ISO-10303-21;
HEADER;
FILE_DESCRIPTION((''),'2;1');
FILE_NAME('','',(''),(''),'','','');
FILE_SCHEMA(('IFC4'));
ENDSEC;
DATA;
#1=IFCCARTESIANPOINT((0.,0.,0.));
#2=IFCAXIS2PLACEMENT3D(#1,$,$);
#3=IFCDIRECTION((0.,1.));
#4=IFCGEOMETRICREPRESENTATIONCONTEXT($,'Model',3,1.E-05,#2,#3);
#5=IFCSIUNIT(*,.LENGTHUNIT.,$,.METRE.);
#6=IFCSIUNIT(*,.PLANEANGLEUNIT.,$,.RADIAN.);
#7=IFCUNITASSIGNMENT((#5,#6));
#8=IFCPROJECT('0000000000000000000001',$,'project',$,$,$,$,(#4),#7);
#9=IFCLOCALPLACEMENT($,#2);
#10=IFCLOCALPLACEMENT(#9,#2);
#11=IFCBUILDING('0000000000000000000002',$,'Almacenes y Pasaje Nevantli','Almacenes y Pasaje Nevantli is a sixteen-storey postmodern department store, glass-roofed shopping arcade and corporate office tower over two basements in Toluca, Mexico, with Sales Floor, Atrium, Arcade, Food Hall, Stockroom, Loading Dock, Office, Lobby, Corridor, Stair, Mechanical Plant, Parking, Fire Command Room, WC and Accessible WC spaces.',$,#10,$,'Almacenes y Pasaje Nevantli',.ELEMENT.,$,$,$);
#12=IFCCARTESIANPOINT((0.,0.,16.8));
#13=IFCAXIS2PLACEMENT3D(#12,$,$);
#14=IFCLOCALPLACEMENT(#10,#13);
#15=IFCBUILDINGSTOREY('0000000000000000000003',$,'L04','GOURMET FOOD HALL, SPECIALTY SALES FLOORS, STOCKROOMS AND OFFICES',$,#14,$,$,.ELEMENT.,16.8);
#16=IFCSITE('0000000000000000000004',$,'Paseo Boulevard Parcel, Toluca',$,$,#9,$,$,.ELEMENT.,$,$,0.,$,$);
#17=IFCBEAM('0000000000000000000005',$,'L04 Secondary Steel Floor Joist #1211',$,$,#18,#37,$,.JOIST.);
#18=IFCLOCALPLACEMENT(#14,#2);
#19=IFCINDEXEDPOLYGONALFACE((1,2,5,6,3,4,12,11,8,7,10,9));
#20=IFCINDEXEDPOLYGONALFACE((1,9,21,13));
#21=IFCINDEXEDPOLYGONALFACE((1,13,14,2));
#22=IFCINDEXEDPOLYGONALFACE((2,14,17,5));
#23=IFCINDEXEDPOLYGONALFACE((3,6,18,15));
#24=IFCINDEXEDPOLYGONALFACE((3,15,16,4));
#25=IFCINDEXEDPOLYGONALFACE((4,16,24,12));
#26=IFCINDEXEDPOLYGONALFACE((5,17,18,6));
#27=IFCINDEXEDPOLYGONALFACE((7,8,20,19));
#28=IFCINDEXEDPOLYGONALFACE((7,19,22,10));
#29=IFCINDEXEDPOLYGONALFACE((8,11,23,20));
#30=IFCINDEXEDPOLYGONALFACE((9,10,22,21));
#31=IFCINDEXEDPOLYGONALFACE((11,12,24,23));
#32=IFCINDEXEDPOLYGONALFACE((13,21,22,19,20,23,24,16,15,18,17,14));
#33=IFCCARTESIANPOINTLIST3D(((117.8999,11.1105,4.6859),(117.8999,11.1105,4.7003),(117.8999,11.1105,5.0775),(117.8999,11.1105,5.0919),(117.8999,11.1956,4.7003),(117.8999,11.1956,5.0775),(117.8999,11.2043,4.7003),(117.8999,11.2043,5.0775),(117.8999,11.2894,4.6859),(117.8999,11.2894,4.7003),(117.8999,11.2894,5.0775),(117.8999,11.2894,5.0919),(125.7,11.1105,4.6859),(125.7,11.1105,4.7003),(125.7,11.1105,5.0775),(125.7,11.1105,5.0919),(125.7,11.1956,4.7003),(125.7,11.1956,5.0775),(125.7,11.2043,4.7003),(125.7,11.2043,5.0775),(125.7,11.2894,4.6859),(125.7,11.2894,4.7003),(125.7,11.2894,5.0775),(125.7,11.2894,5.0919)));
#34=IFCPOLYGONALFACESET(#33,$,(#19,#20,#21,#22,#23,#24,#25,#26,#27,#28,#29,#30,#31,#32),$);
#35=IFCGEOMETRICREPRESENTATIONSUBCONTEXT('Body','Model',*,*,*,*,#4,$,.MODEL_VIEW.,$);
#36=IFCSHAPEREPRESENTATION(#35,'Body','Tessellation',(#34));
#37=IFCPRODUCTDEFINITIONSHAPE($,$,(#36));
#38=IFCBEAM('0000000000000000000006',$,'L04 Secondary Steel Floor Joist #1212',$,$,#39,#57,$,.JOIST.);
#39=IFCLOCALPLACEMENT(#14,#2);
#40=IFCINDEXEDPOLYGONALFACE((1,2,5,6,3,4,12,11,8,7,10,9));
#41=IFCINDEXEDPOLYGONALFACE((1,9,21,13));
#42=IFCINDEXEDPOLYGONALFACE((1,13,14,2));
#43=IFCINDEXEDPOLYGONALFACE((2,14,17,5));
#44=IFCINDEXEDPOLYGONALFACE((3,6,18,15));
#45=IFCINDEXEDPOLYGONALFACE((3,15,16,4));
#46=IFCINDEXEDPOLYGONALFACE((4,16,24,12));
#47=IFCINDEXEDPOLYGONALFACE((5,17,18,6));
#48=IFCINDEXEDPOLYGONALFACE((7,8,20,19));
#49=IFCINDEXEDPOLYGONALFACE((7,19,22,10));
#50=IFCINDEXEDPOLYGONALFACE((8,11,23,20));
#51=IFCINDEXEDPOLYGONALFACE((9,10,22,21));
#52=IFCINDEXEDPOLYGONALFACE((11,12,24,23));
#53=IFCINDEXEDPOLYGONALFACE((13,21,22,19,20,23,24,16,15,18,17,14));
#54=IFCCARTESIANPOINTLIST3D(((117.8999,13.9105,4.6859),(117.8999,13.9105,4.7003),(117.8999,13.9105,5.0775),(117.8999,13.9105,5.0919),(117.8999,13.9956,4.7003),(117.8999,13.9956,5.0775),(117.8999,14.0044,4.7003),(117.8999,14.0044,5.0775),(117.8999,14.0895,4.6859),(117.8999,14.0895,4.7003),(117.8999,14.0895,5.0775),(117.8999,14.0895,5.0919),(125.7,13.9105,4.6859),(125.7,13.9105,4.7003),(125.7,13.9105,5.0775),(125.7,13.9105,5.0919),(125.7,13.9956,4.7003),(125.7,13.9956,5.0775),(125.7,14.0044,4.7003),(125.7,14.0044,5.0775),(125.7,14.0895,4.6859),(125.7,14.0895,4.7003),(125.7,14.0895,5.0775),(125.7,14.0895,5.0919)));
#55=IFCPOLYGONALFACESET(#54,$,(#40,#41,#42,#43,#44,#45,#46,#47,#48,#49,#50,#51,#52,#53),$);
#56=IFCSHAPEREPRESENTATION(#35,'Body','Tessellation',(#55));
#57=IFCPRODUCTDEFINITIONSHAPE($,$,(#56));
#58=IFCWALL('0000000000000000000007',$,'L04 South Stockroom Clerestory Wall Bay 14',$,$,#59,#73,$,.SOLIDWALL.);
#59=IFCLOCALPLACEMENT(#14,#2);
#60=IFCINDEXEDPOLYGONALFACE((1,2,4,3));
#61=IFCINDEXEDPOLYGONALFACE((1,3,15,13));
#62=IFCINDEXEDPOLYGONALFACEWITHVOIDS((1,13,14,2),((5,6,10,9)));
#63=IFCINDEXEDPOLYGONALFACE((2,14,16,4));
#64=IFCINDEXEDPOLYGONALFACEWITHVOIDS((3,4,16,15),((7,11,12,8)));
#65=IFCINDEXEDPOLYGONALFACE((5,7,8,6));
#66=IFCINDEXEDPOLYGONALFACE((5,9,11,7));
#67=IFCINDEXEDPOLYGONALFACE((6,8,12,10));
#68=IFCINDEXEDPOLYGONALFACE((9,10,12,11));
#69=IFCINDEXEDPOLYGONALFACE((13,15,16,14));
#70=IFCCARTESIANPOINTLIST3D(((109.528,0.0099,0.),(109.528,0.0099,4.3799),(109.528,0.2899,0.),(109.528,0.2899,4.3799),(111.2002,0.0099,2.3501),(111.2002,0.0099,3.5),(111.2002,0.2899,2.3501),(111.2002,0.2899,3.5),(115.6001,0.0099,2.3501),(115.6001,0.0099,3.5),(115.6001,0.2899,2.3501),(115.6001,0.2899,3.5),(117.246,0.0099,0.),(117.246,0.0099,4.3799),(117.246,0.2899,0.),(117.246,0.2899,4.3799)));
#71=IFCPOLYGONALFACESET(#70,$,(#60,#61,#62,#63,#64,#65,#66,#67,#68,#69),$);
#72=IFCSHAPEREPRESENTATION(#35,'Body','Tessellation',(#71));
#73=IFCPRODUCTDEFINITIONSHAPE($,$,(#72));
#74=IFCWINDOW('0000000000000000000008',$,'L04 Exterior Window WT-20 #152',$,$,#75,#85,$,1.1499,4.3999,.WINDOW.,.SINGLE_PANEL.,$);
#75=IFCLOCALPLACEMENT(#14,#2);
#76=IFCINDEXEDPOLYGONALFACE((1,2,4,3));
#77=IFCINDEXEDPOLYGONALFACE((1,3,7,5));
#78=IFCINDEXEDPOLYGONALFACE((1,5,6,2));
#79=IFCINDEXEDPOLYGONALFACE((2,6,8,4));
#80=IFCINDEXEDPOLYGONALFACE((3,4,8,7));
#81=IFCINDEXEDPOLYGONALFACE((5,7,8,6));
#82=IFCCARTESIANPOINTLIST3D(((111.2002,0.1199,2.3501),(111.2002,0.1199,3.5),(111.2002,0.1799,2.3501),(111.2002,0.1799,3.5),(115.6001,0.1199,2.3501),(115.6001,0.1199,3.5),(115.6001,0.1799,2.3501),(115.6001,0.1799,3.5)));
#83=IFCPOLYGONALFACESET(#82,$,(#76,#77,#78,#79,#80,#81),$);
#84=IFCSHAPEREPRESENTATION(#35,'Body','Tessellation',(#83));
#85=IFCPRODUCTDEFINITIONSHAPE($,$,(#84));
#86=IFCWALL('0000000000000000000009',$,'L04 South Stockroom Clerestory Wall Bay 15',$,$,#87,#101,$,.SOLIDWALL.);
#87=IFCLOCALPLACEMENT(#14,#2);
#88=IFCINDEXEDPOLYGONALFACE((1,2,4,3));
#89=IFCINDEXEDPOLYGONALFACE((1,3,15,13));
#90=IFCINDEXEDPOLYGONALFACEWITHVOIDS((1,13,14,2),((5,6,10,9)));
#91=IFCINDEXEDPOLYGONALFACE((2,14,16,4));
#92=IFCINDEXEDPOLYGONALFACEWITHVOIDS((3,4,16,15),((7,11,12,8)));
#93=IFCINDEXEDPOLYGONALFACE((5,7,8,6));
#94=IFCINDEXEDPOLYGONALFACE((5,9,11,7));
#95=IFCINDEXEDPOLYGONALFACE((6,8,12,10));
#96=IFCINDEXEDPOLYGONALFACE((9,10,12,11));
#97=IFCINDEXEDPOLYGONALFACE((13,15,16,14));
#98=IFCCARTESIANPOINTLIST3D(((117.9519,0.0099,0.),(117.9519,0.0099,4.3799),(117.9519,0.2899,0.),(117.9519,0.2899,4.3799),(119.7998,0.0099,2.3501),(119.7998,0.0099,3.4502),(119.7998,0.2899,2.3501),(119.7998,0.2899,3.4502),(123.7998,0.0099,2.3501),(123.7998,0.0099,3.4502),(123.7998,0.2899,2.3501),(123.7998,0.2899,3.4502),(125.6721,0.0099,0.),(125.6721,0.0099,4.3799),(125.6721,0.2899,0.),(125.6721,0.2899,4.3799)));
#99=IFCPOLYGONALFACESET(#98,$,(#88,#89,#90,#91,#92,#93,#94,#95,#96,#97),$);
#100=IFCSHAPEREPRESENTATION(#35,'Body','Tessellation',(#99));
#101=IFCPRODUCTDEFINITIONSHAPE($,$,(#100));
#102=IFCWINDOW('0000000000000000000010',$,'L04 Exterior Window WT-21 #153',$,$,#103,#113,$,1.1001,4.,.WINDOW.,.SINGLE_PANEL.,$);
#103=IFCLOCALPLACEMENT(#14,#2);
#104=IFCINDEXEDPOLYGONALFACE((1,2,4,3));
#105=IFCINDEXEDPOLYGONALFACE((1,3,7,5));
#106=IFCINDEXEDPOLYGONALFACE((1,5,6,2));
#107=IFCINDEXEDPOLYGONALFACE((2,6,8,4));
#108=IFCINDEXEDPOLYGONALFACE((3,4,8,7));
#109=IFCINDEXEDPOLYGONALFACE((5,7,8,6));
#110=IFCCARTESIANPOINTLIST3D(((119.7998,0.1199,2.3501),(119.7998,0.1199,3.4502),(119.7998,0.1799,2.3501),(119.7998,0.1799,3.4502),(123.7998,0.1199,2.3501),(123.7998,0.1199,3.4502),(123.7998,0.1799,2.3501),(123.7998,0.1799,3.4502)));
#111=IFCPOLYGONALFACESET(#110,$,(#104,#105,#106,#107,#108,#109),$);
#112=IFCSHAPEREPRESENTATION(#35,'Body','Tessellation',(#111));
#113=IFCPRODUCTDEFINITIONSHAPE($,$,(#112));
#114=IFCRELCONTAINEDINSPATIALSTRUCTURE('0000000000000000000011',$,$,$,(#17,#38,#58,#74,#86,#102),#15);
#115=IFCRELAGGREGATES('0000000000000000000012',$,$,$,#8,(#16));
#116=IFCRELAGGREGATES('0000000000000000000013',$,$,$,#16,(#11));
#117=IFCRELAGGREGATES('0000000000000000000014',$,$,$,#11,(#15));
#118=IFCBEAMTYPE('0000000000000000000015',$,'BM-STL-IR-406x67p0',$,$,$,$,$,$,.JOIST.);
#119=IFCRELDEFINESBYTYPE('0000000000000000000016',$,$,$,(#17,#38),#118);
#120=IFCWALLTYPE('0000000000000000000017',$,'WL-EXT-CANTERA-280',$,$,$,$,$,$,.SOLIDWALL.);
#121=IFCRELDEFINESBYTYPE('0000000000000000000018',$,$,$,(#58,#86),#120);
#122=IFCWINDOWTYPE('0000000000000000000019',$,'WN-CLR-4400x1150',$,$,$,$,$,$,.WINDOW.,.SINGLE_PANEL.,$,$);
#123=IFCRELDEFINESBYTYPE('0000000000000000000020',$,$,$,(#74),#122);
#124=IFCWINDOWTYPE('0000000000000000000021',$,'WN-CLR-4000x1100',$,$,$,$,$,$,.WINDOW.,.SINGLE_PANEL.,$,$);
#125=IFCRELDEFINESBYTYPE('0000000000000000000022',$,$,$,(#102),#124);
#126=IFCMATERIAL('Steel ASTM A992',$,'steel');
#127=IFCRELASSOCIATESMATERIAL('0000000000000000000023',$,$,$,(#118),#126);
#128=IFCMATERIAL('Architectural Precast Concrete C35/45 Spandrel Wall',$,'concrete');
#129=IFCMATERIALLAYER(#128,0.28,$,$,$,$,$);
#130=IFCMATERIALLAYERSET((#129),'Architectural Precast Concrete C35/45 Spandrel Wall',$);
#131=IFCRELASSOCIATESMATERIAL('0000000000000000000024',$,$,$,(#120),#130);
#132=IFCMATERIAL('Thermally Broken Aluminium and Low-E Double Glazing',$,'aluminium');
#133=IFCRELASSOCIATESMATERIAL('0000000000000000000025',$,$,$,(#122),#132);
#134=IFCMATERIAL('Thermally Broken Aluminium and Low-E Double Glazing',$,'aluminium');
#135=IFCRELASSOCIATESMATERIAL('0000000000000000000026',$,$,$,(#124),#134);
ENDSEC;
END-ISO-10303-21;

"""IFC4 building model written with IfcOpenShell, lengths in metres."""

from ifc_helpers import new_model, si_unit, direction, frame, frame_2d, origin, origin_2d, place, context, subcontext, project, spatial, rectangle, i_section, extrude, material, layer, layer_set, material_profile, profile_set, type_object, element, fill, save


model = new_model("IFC4")

# Units and contexts
model_context = context("Model", 3, precision=1e-05, world=origin(), true_north=direction((0.0, 1.0)))
body_context = subcontext(model_context, "Body", "Model", "MODEL_VIEW")
ifc_project = project(units=[si_unit("LENGTHUNIT", "METRE"), si_unit("PLANEANGLEUNIT", "RADIAN")], contexts=[model_context])

# Site, building, storey
site_placement = place(None, origin())
site = spatial("IfcSite", under=ifc_project, at=site_placement, Name="Paseo Boulevard Parcel, Toluca", CompositionType="ELEMENT", RefElevation=0.0)
building_placement = place(site_placement, origin())
building = spatial("IfcBuilding", under=site, at=building_placement, Name="Almacenes y Pasaje Nevantli", Description="Almacenes y Pasaje Nevantli is a sixteen-storey postmodern department store, glass-roofed shopping arcade and corporate office tower over two basements in Toluca, Mexico, with Sales Floor, Atrium, Arcade, Food Hall, Stockroom, Loading Dock, Office, Lobby, Corridor, Stair, Mechanical Plant, Parking, Fire Command Room, WC and Accessible WC spaces.", LongName="Almacenes y Pasaje Nevantli", CompositionType="ELEMENT")
storey_placement = place(building_placement, frame((0.0, 0.0, 16.8)))
storey = spatial("IfcBuildingStorey", under=building, at=storey_placement, Name="L04", Description="GOURMET FOOD HALL, SPECIALTY SALES FLOORS, STOCKROOMS AND OFFICES", CompositionType="ELEMENT", Elevation=16.8)

# Beams
ifc_material_1 = material(Name="Steel ASTM A992", Category="steel")
ifc_material_profile_1 = material_profile(ifc_material_1, i_section(OverallWidth=0.179, OverallDepth=0.406, WebThickness=0.0088, FlangeThickness=0.0144, at=origin_2d()), Name="IR 406x67.0")
ifc_profile_set_1 = profile_set([ifc_material_profile_1], Name="Steel ASTM A992")
beam_type_1 = type_object("IfcBeamType", Name="BM-STL-IR-406x67p0", PredefinedType="JOIST", material=ifc_profile_set_1)
for number, where, z_axis, x_axis, name in (
    (1, (117.8999, 11.2, 4.8889), (1.0, 0.0, 0.0), (0.0, 1.0, 0.0), "L04 Secondary Steel Floor Joist #1211"),
    (2, (117.8999, 14.0, 4.8889), (1.0, 0.0, 0.0), (0.0, 1.0, 0.0), "L04 Secondary Steel Floor Joist #1212"),
):
    element("IfcBeam", number, at=place(storey_placement, frame(where, z_axis=z_axis, x_axis=x_axis)), inside=storey, type_object=beam_type_1, Name=name, PredefinedType="JOIST", context=body_context, shape_type="SweptSolid", body=[
        extrude(i_section(OverallWidth=0.179, OverallDepth=0.406, WebThickness=0.0088, FlangeThickness=0.0144, at=origin_2d()), origin(), (0.0, 0.0, 1.0), 7.8),
    ])

# Walls, openings, windows
ifc_material_2 = material(Name="Architectural Precast Concrete C35/45 Spandrel Wall", Category="concrete")
ifc_layer = layer(ifc_material_2, 0.28)
ifc_layer_set = layer_set([ifc_layer], Name="Architectural Precast Concrete C35/45 Spandrel Wall")
wall_type = type_object("IfcWallType", Name="WL-EXT-CANTERA-280", PredefinedType="SOLIDWALL", material=ifc_layer_set)
wall_1_placement = place(storey_placement, frame((109.5281, 0.1499, 0.0), z_axis=(0.0, 0.0, 1.0), x_axis=(1.0, 0.0, 0.0)))
wall_1 = element("IfcWall", 3, at=wall_1_placement, inside=storey, type_object=wall_type, Name="L04 South Stockroom Clerestory Wall Bay 14", PredefinedType="SOLIDWALL", context=body_context, shape_type="SweptSolid", body=[
    extrude(rectangle(XDim=7.718, YDim=0.28, at=frame_2d((3.8589, 0.0))), origin(), (0.0, 0.0, 1.0), 4.3799),
])
opening_1_placement = place(wall_1_placement, frame((1.6721, 0.0, 2.3501)))
opening_1 = element("IfcOpeningElement", 4, at=opening_1_placement, cuts=wall_1, PredefinedType="OPENING", context=body_context, shape_type="SweptSolid", body=[
    extrude(rectangle(XDim=4.3999, YDim=1.1499, at=frame_2d((2.2, 0.575))), frame((0.0, 0.1499, 0.0), z_axis=(0.0, -1.0, 0.0), x_axis=(1.0, 0.0, 0.0)), (0.0, 0.0, 1.0), 0.3),
])
ifc_material_3 = material(Name="Thermally Broken Aluminium and Low-E Double Glazing", Category="aluminium")
window_type_1 = type_object("IfcWindowType", Name="WN-CLR-4400x1150", PartitioningType="SINGLE_PANEL", PredefinedType="WINDOW", material=ifc_material_3)
window_1_placement = place(opening_1_placement, origin())
window_1 = element("IfcWindow", 5, at=window_1_placement, inside=storey, type_object=window_type_1, Name="L04 Exterior Window WT-20 #152", OverallHeight=1.1499, OverallWidth=4.3999, PartitioningType="SINGLE_PANEL", PredefinedType="WINDOW", context=body_context, shape_type="SweptSolid", body=[
    extrude(rectangle(XDim=4.3999, YDim=1.1499, at=frame_2d((2.2, 0.575))), frame((0.0, 0.03, 0.0), z_axis=(0.0, -1.0, 0.0), x_axis=(1.0, 0.0, 0.0)), (0.0, 0.0, 1.0), 0.0601),
])
fill(opening_1, window_1)
wall_2_placement = place(storey_placement, frame((117.9519, 0.1499, 0.0), z_axis=(0.0, 0.0, 1.0), x_axis=(1.0, 0.0, 0.0)))
wall_2 = element("IfcWall", 6, at=wall_2_placement, inside=storey, type_object=wall_type, Name="L04 South Stockroom Clerestory Wall Bay 15", PredefinedType="SOLIDWALL", context=body_context, shape_type="SweptSolid", body=[
    extrude(rectangle(XDim=7.7202, YDim=0.28, at=frame_2d((3.8601, 0.0))), origin(), (0.0, 0.0, 1.0), 4.3799),
])
opening_2_placement = place(wall_2_placement, frame((1.8479, 0.0, 2.3501)))
opening_2 = element("IfcOpeningElement", 7, at=opening_2_placement, cuts=wall_2, PredefinedType="OPENING", context=body_context, shape_type="SweptSolid", body=[
    extrude(rectangle(XDim=4.0, YDim=1.1001, at=frame_2d((2.0, 0.55))), frame((0.0, 0.1499, 0.0), z_axis=(0.0, -1.0, 0.0), x_axis=(1.0, 0.0, 0.0)), (0.0, 0.0, 1.0), 0.3),
])
ifc_material_4 = material(Name="Thermally Broken Aluminium and Low-E Double Glazing", Category="aluminium")
window_type_2 = type_object("IfcWindowType", Name="WN-CLR-4000x1100", PartitioningType="SINGLE_PANEL", PredefinedType="WINDOW", material=ifc_material_4)
window_2_placement = place(opening_2_placement, origin())
window_2 = element("IfcWindow", 8, at=window_2_placement, inside=storey, type_object=window_type_2, Name="L04 Exterior Window WT-21 #153", OverallHeight=1.1001, OverallWidth=4.0, PartitioningType="SINGLE_PANEL", PredefinedType="WINDOW", context=body_context, shape_type="SweptSolid", body=[
    extrude(rectangle(XDim=4.0, YDim=1.1001, at=frame_2d((2.0, 0.55))), frame((0.0, 0.03, 0.0), z_axis=(0.0, -1.0, 0.0), x_axis=(1.0, 0.0, 0.0)), (0.0, 0.0, 1.0), 0.0601),
])
fill(opening_2, window_2)

save(model, "model.ifc")
